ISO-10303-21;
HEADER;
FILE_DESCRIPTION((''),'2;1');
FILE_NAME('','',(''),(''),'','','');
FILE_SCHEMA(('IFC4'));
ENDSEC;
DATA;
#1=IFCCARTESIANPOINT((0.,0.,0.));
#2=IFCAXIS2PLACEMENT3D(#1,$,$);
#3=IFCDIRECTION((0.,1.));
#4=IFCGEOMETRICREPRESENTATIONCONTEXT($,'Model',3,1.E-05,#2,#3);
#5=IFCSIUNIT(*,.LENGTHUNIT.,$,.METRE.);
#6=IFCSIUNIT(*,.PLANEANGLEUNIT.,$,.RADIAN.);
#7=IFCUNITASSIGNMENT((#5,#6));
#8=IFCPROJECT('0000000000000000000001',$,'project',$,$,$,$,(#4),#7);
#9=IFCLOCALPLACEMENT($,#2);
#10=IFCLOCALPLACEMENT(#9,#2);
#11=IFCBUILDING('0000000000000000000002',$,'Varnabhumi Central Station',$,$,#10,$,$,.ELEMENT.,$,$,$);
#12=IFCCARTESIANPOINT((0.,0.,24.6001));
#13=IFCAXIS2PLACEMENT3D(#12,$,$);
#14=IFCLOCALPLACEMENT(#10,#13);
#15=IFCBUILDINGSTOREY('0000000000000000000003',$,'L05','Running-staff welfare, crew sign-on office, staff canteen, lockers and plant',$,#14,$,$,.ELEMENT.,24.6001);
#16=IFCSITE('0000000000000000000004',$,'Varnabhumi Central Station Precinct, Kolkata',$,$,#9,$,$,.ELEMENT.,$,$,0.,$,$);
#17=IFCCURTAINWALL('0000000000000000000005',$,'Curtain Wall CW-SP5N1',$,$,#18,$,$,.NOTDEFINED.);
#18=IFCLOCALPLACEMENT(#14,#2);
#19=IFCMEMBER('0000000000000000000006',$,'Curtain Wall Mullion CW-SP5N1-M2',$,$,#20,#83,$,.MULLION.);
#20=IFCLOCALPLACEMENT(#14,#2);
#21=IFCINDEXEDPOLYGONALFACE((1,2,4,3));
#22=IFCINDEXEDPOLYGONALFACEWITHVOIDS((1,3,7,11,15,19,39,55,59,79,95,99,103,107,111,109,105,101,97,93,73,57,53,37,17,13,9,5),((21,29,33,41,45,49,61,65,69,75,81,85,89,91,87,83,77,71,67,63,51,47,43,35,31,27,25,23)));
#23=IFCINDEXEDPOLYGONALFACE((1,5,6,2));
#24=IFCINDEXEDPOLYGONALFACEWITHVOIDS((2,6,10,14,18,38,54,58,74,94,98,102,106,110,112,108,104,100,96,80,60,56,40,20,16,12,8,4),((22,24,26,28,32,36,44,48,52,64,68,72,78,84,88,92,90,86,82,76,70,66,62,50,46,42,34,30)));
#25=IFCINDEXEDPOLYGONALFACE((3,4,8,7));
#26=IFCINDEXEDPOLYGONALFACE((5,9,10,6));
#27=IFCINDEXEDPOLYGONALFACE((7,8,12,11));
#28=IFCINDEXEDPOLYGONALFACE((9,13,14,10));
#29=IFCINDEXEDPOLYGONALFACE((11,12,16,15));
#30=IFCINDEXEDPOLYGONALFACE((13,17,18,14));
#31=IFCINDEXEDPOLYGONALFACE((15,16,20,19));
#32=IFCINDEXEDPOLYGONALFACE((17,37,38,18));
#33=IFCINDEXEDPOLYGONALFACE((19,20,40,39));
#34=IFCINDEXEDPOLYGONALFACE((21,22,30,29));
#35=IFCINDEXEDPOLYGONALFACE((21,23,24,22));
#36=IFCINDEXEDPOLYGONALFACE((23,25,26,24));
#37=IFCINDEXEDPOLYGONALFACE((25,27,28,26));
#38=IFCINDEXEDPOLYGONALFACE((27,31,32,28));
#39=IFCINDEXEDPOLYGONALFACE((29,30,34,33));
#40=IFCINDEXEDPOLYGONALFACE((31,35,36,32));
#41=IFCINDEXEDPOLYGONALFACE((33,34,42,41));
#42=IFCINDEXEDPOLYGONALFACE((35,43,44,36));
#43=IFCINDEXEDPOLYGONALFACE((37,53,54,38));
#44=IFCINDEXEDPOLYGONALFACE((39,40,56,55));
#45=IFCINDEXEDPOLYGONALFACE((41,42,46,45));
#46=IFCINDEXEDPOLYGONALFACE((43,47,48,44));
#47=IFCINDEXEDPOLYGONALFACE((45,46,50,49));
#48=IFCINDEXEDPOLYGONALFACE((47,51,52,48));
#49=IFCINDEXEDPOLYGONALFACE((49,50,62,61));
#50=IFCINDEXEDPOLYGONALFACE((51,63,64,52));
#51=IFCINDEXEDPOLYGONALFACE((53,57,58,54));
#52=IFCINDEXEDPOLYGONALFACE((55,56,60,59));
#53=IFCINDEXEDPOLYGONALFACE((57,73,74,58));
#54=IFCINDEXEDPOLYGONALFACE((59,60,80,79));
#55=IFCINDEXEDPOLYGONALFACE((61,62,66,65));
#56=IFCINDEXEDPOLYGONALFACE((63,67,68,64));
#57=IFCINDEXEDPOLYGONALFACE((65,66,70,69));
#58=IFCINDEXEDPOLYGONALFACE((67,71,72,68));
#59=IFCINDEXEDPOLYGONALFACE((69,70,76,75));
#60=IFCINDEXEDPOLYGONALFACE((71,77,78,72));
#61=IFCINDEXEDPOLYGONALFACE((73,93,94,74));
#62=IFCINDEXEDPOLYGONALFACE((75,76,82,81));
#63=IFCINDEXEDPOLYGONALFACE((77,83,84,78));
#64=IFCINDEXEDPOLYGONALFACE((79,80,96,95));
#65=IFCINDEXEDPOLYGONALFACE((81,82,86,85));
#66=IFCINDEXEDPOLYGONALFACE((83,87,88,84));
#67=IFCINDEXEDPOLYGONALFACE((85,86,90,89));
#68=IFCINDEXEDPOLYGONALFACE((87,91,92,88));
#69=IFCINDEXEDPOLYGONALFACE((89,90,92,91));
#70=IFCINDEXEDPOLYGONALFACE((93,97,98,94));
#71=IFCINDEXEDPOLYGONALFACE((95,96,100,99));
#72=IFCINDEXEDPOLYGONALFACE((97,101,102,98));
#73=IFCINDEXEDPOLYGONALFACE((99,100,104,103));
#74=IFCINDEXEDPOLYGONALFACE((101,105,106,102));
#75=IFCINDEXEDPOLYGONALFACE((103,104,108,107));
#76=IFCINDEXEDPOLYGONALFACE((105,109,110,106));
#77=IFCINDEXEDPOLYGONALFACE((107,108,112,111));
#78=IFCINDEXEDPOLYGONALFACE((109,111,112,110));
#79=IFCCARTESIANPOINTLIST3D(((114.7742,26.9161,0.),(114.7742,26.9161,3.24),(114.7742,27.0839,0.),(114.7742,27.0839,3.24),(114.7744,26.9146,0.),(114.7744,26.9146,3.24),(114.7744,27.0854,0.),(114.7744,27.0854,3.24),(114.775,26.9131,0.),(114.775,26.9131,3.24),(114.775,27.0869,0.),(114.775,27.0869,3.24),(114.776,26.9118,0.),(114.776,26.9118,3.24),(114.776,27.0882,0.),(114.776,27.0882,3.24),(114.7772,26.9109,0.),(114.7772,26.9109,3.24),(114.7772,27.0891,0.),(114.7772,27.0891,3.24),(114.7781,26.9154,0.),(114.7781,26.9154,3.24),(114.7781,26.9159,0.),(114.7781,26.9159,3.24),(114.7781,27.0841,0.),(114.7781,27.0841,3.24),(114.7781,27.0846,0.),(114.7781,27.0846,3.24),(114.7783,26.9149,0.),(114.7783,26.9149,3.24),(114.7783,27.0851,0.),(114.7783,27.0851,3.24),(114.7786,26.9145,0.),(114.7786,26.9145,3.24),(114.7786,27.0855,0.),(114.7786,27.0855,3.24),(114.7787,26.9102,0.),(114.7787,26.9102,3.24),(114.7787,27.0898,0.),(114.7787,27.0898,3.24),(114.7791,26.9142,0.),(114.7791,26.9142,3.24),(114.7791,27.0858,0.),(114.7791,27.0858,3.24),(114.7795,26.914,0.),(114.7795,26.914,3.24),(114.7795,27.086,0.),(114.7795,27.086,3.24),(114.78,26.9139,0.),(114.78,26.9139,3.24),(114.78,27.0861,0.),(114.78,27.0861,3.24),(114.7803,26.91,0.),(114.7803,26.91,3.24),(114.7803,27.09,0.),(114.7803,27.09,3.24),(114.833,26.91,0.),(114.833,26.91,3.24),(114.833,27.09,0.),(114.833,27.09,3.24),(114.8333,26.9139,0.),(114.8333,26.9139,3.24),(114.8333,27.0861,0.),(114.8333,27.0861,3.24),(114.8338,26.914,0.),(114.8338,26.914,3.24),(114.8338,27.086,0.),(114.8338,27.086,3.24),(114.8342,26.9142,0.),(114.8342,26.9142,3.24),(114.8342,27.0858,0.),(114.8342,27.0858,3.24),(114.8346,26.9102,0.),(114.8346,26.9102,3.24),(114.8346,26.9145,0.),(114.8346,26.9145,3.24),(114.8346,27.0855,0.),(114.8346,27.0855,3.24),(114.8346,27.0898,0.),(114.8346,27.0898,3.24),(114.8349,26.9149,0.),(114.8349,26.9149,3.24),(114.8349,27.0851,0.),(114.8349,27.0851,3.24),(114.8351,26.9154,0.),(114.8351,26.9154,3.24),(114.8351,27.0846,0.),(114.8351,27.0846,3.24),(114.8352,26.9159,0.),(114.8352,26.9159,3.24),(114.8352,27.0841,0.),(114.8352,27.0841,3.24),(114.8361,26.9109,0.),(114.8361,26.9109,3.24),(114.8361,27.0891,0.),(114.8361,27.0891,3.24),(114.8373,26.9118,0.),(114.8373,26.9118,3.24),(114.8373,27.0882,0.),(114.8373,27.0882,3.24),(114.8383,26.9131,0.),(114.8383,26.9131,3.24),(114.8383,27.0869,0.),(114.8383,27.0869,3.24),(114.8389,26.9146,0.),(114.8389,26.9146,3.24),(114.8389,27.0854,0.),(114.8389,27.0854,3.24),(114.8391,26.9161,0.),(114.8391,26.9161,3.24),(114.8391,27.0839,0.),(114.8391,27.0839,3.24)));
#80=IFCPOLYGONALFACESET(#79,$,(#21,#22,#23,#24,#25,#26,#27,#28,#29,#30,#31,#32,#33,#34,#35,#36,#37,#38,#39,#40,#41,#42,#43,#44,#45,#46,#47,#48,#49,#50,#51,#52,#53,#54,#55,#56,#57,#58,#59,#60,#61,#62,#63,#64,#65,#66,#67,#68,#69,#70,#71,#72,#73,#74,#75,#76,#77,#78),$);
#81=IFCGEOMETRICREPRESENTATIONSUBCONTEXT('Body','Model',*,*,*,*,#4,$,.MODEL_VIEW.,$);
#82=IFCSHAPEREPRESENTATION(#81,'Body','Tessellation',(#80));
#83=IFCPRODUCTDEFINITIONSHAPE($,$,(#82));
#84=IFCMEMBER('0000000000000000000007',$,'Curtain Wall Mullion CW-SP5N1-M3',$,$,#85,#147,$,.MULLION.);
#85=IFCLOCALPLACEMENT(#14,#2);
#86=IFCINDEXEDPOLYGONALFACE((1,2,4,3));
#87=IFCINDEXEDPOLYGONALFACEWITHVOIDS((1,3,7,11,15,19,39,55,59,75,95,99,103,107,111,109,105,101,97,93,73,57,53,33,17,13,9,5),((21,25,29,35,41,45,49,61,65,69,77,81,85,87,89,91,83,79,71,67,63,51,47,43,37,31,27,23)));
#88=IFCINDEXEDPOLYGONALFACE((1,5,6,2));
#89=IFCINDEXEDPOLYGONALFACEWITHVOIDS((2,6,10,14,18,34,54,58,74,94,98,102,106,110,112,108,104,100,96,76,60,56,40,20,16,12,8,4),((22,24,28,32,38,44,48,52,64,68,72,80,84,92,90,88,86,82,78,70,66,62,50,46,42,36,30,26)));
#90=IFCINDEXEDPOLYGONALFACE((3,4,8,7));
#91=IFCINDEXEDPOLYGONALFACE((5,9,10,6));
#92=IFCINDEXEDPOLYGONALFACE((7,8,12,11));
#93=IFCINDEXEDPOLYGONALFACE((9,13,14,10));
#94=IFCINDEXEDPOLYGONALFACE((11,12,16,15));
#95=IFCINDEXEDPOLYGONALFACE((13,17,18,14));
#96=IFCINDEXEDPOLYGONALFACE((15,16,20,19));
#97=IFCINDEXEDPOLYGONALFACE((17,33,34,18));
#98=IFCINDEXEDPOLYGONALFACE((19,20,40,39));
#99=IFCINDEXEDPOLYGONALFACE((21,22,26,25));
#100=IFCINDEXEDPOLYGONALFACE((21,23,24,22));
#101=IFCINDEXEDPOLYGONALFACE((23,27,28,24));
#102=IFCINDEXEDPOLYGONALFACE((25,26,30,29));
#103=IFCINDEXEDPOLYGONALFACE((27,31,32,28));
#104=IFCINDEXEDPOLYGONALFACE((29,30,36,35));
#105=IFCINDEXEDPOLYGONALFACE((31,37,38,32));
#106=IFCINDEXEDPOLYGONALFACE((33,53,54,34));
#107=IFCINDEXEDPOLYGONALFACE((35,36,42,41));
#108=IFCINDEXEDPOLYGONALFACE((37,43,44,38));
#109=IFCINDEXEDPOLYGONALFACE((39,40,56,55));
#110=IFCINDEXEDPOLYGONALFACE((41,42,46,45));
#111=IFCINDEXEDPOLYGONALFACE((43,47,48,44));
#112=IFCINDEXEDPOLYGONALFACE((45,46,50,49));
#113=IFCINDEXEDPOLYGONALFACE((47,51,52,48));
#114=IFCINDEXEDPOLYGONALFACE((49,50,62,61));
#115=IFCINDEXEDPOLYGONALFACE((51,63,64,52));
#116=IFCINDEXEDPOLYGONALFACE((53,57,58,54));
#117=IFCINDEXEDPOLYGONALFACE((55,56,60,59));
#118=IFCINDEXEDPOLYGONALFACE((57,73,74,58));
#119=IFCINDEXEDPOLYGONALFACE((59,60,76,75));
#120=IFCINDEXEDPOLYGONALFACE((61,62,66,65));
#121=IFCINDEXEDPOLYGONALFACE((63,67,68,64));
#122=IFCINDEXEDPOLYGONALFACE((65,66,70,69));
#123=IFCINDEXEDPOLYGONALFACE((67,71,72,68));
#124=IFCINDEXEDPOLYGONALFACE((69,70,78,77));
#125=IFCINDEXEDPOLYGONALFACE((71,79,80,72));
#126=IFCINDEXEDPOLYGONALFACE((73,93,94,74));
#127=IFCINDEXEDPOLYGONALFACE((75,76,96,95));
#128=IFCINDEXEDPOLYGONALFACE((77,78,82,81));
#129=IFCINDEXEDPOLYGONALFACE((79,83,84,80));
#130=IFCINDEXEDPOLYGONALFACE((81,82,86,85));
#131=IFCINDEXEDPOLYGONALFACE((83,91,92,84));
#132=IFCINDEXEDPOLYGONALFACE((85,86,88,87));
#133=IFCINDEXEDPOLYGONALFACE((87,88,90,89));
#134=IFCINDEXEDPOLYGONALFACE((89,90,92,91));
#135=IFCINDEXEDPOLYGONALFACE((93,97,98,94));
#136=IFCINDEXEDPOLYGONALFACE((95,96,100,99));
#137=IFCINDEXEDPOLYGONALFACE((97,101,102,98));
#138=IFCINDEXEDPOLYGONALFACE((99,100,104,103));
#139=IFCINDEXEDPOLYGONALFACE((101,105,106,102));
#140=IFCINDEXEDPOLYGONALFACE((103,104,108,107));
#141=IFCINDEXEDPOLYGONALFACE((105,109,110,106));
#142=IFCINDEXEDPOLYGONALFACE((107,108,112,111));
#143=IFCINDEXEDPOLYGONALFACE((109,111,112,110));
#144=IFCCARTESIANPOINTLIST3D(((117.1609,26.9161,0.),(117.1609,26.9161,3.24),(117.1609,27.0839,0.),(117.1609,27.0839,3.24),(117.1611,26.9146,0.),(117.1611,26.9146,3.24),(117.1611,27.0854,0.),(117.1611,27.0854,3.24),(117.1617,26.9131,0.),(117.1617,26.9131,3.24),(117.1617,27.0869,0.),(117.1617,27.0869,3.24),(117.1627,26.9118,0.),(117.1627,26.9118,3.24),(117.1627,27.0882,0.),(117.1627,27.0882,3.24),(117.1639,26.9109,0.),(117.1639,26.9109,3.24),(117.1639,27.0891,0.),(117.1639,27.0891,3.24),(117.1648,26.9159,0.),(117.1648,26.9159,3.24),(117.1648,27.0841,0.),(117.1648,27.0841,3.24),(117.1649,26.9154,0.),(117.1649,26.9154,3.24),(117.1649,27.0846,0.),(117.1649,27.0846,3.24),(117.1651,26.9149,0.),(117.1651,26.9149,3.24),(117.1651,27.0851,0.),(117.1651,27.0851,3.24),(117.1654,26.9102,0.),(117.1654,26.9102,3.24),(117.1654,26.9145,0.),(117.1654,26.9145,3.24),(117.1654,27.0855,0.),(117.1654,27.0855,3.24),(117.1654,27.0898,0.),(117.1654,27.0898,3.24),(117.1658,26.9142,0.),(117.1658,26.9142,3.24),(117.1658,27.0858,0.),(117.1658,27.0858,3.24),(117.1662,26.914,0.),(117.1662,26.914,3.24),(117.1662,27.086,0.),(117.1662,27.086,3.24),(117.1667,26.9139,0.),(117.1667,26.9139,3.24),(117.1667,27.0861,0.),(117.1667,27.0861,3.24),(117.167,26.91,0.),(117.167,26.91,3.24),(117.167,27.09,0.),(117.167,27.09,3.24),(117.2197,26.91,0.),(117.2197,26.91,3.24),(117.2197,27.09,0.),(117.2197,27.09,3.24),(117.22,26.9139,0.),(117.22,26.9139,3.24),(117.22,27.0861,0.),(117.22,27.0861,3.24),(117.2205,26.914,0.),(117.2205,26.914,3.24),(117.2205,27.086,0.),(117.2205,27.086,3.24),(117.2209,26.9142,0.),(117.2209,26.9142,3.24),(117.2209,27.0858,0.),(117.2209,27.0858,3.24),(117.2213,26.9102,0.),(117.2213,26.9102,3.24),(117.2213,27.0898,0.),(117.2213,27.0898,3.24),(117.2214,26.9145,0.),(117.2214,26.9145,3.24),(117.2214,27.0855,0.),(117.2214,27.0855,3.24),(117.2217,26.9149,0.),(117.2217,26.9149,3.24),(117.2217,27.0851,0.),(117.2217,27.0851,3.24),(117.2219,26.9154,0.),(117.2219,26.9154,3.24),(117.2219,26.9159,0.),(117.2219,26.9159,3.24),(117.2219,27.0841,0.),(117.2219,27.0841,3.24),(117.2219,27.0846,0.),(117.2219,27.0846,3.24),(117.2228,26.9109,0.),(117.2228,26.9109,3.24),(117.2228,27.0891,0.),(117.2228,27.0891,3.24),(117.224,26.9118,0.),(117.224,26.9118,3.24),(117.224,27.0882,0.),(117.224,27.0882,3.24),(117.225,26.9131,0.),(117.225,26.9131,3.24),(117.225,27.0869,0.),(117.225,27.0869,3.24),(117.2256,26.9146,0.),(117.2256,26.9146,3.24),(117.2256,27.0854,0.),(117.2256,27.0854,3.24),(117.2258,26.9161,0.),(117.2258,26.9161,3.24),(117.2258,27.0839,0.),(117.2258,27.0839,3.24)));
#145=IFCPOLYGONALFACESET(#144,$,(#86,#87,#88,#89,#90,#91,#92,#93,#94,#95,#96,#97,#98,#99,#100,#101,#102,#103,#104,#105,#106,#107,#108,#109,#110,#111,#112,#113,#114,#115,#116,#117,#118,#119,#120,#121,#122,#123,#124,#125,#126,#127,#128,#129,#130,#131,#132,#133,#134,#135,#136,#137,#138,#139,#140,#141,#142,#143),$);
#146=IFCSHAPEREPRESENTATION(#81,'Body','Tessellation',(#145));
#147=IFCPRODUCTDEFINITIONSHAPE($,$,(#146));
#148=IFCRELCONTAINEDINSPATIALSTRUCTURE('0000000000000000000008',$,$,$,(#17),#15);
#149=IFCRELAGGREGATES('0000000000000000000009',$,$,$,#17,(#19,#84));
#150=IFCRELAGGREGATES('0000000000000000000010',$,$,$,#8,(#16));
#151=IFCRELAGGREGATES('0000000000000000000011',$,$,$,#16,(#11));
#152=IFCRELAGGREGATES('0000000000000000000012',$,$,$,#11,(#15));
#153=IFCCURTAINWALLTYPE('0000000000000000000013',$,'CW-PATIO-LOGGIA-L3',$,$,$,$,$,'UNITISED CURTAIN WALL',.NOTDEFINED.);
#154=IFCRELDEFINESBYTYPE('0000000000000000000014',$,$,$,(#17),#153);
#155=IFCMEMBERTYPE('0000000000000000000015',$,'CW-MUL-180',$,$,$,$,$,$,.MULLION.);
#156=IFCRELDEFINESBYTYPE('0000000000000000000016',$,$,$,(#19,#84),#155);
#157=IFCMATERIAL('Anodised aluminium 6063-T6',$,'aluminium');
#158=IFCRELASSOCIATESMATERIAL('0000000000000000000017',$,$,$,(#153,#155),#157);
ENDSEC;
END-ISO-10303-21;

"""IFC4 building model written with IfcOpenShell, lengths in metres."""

from ifc_helpers import new_model, si_unit, direction, frame, origin, origin_2d, place, context, subcontext, project, spatial, hollow_rectangle, extrude, material, material_profile, profile_set, type_object, element, aggregate, save


model = new_model("IFC4")

# Units and contexts
model_context = context("Model", 3, precision=1e-05, world=origin(), true_north=direction((0.0, 1.0)))
body_context = subcontext(model_context, "Body", "Model", "MODEL_VIEW")
ifc_project = project(units=[si_unit("LENGTHUNIT", "METRE"), si_unit("PLANEANGLEUNIT", "RADIAN")], contexts=[model_context])

# Site, building, storey
site_placement = place(None, origin())
site = spatial("IfcSite", under=ifc_project, at=site_placement, Name="Varnabhumi Central Station Precinct, Kolkata", CompositionType="ELEMENT", RefElevation=0.0)
building_placement = place(site_placement, origin())
building = spatial("IfcBuilding", under=site, at=building_placement, Name="Varnabhumi Central Station", CompositionType="ELEMENT")
storey_placement = place(building_placement, frame((0.0, 0.0, 24.6001)))
storey = spatial("IfcBuildingStorey", under=building, at=storey_placement, Name="L05", Description="Running-staff welfare, crew sign-on office, staff canteen, lockers and plant", CompositionType="ELEMENT", Elevation=24.6001)

# Curtain wall, members
ifc_material_1 = material(Name="Anodised aluminium 6063-T6", Category="aluminium")
curtain_wall_type = type_object("IfcCurtainWallType", Name="CW-PATIO-LOGGIA-L3", ElementType="UNITISED CURTAIN WALL", PredefinedType="NOTDEFINED", material=ifc_material_1)
ifc_material_profile_1 = material_profile(ifc_material_1, hollow_rectangle(XDim=0.0649, YDim=0.1799, WallThickness=0.0039, InnerFilletRadius=0.002, OuterFilletRadius=0.0061, at=origin_2d()), Name="Anodised aluminium 6063-T6", Category="aluminium")
ifc_profile_set_1 = profile_set([ifc_material_profile_1], Name="Anodised aluminium 6063-T6")
member_type_1 = type_object("IfcMemberType", Name="CW-MUL-180", PredefinedType="MULLION", material=ifc_profile_set_1)
curtain_wall_1_placement = place(storey_placement, origin())
curtain_wall_1 = element("IfcCurtainWall", 1, at=curtain_wall_1_placement, inside=storey, type_object=curtain_wall_type, Name="Curtain Wall CW-SP5N1", PredefinedType="NOTDEFINED")
member_1_placement = place(storey_placement, frame((114.8066, 27.0, 0.0), z_axis=(0.0, 0.0, 1.0), x_axis=(1.0, 0.0, 0.0)))
member_1 = element("IfcMember", 2, at=member_1_placement, type_object=member_type_1, Name="Curtain Wall Mullion CW-SP5N1-M2", PredefinedType="MULLION", context=body_context, shape_type="SweptSolid", body=[
    extrude(hollow_rectangle(XDim=0.0649, YDim=0.1799, WallThickness=0.0039, InnerFilletRadius=0.002, OuterFilletRadius=0.0061, at=origin_2d()), origin(), (0.0, 0.0, 1.0), 3.24),
])
member_2_placement = place(storey_placement, frame((117.1934, 27.0, 0.0), z_axis=(0.0, 0.0, 1.0), x_axis=(1.0, 0.0, 0.0)))
member_2 = element("IfcMember", 3, at=member_2_placement, type_object=member_type_1, Name="Curtain Wall Mullion CW-SP5N1-M3", PredefinedType="MULLION", context=body_context, shape_type="SweptSolid", body=[
    extrude(hollow_rectangle(XDim=0.0649, YDim=0.1799, WallThickness=0.0039, InnerFilletRadius=0.002, OuterFilletRadius=0.0061, at=origin_2d()), origin(), (0.0, 0.0, 1.0), 3.24),
])

aggregate(curtain_wall_1, [member_1, member_2])

save(model, "model.ifc")
